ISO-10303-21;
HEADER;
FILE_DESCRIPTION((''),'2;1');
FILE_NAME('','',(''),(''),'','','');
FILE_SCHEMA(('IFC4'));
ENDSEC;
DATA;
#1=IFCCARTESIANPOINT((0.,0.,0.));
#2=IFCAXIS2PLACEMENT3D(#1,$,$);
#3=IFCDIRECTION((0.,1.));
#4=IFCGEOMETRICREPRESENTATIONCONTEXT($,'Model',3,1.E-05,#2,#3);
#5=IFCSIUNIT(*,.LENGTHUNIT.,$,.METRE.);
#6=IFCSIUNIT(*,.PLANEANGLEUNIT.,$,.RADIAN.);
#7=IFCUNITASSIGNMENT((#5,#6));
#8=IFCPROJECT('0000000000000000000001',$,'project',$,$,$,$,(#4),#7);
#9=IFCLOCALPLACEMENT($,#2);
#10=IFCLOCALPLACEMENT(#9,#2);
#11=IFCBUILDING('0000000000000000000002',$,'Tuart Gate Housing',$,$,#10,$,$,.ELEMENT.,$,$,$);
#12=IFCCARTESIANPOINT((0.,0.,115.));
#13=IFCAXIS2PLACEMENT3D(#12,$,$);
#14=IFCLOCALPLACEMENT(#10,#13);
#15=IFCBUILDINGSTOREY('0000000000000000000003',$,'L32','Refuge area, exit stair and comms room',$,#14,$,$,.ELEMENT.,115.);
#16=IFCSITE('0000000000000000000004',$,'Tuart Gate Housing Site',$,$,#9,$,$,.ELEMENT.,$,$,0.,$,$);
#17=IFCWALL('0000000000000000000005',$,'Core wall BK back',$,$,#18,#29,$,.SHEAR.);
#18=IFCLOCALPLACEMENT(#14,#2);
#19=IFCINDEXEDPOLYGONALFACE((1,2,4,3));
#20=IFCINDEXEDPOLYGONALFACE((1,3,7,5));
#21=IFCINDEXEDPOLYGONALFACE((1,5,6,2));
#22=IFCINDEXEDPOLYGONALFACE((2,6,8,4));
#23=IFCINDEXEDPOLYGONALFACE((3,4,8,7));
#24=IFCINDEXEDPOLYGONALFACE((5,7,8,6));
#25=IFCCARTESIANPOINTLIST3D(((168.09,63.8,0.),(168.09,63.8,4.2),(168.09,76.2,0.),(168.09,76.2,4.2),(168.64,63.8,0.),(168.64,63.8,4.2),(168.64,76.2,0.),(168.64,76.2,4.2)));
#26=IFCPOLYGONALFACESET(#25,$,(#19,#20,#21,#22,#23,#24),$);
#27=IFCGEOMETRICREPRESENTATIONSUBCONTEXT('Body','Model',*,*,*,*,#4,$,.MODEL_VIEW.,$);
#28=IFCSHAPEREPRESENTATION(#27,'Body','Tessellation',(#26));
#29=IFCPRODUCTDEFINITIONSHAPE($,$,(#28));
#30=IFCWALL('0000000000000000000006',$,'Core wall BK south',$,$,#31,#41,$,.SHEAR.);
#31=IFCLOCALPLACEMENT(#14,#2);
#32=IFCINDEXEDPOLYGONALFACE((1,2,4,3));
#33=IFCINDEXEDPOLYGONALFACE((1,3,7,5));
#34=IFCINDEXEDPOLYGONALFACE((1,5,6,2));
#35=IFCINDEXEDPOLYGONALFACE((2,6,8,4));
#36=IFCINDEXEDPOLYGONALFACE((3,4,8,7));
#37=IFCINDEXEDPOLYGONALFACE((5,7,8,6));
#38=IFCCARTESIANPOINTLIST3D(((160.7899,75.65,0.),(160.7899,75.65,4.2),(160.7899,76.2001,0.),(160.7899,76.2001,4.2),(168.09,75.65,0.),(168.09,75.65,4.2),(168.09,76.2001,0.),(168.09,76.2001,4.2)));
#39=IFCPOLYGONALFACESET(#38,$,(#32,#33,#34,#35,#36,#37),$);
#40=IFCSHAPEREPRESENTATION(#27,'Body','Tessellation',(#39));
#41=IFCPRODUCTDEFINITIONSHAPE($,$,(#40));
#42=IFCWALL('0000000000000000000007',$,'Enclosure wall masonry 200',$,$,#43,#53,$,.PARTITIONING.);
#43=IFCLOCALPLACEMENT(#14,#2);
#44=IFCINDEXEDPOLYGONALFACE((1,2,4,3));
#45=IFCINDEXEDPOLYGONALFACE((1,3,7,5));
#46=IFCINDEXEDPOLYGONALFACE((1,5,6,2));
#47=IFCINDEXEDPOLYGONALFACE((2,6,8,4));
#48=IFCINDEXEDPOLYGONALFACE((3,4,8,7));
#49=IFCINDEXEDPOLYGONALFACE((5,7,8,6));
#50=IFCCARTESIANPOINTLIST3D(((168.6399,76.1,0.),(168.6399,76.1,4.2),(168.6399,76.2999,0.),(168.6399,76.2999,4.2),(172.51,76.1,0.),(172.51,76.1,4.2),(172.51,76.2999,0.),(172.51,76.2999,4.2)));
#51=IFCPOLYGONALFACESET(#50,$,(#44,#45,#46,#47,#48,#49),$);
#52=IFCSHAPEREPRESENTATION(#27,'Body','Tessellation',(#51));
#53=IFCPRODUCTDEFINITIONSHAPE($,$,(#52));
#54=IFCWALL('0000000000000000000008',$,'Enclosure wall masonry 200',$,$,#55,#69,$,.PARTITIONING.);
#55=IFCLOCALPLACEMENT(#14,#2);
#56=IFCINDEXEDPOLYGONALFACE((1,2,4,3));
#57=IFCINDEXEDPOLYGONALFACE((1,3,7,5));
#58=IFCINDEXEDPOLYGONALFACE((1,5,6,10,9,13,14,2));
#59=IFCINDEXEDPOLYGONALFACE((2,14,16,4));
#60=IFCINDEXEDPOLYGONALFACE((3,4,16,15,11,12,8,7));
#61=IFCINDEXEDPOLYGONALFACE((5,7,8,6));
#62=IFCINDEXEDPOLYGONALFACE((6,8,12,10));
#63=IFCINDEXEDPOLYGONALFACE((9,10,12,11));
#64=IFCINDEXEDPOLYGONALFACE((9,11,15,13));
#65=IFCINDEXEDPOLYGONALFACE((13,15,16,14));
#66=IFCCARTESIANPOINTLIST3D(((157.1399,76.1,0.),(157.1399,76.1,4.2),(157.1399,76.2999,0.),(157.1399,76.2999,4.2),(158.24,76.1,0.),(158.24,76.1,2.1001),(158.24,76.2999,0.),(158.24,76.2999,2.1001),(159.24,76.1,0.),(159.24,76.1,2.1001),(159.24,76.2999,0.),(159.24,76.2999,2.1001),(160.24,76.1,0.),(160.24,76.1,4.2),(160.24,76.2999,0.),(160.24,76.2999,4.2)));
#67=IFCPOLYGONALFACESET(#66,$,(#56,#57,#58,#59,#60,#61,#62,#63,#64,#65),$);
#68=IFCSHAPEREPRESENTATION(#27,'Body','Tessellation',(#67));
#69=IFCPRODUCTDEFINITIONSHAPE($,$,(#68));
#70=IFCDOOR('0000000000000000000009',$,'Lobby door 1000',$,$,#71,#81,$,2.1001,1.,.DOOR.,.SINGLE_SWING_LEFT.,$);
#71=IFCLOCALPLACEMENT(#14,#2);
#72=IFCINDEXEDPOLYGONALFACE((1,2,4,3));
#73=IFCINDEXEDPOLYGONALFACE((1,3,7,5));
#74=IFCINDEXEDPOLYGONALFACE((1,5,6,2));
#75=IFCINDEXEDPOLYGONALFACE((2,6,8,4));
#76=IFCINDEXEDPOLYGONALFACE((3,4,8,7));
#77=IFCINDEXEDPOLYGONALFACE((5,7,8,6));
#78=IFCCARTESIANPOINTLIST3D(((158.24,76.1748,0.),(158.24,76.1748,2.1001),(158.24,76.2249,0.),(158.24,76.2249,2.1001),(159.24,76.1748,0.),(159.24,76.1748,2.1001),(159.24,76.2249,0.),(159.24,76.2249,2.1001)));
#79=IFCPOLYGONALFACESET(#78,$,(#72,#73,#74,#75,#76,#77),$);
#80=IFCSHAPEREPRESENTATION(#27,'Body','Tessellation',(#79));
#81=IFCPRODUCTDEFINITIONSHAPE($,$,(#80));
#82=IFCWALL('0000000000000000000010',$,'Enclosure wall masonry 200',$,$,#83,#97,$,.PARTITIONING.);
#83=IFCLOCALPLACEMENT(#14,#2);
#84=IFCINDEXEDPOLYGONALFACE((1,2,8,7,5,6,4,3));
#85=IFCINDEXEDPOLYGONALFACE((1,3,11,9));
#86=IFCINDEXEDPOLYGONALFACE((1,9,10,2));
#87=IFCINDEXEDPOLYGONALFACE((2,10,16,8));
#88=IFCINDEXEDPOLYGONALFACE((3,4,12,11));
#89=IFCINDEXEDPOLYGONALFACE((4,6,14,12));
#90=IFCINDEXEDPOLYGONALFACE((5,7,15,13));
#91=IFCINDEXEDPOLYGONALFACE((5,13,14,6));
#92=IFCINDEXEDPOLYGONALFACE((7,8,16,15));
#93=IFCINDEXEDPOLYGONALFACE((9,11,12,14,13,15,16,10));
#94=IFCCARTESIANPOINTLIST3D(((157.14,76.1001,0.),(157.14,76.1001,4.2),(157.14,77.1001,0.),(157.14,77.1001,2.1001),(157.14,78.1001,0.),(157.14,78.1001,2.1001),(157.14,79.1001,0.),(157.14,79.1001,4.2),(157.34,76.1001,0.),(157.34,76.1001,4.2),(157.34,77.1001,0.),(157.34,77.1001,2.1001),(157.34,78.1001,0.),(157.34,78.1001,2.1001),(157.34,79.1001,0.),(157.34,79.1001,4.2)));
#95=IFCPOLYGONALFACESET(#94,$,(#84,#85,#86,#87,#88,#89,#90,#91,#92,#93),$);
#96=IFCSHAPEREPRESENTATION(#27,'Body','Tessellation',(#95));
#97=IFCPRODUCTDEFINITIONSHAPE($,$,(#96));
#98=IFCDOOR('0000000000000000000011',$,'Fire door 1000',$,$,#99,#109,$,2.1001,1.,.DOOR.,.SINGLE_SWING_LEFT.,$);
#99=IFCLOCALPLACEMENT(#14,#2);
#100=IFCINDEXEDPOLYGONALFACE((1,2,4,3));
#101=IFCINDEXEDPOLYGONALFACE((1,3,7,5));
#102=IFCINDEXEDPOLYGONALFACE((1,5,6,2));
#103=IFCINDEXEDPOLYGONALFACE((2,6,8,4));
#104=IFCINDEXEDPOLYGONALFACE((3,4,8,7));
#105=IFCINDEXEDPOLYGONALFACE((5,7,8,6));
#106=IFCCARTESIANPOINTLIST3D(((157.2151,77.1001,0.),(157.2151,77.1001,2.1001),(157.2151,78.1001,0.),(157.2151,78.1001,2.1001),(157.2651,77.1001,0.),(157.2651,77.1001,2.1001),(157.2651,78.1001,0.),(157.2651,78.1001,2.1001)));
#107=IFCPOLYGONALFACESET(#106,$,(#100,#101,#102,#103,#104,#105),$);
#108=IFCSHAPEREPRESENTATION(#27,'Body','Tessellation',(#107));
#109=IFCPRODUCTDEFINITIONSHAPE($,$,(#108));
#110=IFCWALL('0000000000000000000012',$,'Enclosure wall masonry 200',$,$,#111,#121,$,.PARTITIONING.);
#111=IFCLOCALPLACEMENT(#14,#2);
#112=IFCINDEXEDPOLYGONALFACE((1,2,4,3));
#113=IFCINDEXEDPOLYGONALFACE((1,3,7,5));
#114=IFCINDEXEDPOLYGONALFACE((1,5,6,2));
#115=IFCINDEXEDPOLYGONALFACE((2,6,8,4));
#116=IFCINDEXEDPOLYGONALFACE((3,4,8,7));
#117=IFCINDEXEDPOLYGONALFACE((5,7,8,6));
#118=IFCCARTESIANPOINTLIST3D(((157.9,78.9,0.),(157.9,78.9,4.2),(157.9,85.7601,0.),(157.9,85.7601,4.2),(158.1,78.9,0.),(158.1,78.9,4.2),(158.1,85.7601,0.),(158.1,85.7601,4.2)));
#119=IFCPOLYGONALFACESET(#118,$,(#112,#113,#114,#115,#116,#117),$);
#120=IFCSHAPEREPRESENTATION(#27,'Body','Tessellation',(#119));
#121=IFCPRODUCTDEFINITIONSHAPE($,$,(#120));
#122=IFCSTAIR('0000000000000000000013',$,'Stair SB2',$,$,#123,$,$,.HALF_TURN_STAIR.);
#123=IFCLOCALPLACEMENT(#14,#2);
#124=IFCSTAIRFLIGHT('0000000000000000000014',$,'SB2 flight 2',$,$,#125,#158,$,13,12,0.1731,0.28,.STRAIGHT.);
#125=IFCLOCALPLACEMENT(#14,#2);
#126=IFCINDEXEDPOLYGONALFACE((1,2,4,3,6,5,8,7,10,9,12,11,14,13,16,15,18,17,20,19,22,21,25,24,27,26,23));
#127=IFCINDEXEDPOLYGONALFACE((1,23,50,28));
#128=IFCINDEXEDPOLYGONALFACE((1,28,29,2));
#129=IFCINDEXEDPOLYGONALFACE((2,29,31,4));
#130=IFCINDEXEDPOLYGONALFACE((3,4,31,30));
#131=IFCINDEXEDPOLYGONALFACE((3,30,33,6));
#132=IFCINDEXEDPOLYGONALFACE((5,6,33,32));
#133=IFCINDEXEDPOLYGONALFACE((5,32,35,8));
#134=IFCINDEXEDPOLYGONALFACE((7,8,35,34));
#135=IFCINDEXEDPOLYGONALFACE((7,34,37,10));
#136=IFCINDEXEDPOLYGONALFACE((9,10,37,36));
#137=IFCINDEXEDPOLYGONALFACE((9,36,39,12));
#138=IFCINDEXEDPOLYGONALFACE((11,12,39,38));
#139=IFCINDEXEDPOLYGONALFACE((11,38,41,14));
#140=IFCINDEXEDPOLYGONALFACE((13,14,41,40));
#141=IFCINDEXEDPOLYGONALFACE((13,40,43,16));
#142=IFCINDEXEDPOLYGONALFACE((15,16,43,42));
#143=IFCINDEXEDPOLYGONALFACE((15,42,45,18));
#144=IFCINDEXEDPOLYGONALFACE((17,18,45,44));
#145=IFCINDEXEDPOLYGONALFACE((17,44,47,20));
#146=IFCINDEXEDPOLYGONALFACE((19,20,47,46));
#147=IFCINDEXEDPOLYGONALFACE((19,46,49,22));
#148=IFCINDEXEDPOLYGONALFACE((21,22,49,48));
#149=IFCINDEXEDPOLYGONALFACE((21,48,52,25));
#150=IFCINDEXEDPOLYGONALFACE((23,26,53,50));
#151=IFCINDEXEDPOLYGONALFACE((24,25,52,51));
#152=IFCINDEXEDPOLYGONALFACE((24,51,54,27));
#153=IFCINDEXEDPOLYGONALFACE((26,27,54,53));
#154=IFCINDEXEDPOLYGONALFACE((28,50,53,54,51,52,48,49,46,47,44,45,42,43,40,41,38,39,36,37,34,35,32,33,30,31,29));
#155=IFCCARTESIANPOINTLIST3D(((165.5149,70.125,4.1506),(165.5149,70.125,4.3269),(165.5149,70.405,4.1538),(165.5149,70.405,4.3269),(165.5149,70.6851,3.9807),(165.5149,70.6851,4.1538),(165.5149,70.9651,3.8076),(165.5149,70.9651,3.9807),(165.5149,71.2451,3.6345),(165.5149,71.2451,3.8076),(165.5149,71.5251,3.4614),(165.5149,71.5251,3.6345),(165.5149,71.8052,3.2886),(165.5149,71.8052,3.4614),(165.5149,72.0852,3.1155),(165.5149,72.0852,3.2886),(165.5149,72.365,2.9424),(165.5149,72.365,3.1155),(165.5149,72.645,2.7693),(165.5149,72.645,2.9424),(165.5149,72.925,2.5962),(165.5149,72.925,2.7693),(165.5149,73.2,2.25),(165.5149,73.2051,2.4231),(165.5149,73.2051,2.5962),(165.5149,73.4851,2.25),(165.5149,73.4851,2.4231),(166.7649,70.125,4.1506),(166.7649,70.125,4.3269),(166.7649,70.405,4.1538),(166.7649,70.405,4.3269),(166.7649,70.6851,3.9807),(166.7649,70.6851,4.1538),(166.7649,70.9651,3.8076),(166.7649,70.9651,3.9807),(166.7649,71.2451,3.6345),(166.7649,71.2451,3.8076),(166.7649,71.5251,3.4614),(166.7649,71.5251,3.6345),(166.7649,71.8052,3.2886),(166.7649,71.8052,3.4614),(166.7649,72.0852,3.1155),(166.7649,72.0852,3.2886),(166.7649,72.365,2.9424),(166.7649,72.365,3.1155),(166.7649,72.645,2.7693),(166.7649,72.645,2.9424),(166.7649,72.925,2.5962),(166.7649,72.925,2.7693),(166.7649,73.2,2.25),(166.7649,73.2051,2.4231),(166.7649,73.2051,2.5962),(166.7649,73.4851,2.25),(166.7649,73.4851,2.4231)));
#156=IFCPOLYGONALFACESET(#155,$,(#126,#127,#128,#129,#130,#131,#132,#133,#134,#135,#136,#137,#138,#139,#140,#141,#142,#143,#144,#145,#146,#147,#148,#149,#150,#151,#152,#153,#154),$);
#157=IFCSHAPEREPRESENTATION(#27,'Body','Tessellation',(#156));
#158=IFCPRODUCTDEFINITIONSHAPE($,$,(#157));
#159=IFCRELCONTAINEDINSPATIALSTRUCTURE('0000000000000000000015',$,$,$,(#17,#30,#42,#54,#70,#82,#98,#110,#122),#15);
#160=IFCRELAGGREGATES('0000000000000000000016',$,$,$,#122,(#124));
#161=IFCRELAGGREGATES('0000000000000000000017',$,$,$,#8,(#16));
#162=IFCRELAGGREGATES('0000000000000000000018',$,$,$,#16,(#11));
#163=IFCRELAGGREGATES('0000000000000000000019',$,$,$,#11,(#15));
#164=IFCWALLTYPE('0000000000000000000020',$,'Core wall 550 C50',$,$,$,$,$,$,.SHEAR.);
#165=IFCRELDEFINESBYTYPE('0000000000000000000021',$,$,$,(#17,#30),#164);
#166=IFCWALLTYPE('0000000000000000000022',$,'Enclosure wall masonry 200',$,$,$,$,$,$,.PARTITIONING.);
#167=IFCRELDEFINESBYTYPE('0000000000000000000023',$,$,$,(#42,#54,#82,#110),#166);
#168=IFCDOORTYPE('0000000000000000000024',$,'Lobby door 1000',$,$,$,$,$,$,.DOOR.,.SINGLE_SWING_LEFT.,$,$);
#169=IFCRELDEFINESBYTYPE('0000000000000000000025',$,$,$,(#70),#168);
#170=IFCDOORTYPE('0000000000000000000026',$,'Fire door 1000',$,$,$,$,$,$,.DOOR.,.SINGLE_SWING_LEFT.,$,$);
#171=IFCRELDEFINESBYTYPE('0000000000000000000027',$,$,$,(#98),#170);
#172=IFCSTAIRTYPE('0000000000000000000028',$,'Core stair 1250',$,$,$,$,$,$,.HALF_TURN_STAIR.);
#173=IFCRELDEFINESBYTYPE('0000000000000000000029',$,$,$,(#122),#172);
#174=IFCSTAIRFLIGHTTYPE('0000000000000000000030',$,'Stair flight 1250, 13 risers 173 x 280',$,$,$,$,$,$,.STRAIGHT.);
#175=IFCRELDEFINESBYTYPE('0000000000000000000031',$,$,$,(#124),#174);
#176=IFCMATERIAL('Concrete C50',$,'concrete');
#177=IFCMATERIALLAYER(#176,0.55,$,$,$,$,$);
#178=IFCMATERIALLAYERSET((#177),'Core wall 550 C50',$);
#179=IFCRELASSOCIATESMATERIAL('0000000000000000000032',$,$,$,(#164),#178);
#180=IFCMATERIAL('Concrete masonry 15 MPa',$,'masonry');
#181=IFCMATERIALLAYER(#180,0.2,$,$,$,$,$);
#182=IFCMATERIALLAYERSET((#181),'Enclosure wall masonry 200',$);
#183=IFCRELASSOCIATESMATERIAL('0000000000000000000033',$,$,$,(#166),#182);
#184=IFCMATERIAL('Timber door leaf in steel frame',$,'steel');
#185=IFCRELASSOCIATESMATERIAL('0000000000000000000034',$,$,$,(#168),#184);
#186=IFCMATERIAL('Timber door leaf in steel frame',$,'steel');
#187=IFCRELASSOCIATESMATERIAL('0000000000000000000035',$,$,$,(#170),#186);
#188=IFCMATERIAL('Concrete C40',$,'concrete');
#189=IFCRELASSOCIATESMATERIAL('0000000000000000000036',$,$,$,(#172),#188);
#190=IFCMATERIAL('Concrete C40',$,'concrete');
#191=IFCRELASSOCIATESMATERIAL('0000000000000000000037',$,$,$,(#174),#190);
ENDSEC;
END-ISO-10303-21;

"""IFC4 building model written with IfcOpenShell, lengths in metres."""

from ifc_helpers import new_model, si_unit, direction, frame, frame_2d, origin, place, context, subcontext, project, spatial, polyline, rectangle, outline, extrude, material, layer, layer_set, type_object, element, fill, aggregate, save


model = new_model("IFC4")

# Units and contexts
model_context = context("Model", 3, precision=1e-05, world=origin(), true_north=direction((0.0, 1.0)))
body_context = subcontext(model_context, "Body", "Model", "MODEL_VIEW")
ifc_project = project(units=[si_unit("LENGTHUNIT", "METRE"), si_unit("PLANEANGLEUNIT", "RADIAN")], contexts=[model_context])

# Site, building, storey
site_placement = place(None, origin())
site = spatial("IfcSite", under=ifc_project, at=site_placement, Name="Tuart Gate Housing Site", CompositionType="ELEMENT", RefElevation=0.0)
building_placement = place(site_placement, origin())
building = spatial("IfcBuilding", under=site, at=building_placement, Name="Tuart Gate Housing", CompositionType="ELEMENT")
storey_placement = place(building_placement, frame((0.0, 0.0, 115.0)))
storey = spatial("IfcBuildingStorey", under=building, at=storey_placement, Name="L32", Description="Refuge area, exit stair and comms room", CompositionType="ELEMENT", Elevation=115.0)

# Shared definitions
ifc_material_1 = material(Name="Concrete C50", Category="concrete")
ifc_layer_1 = layer(ifc_material_1, 0.55)
ifc_layer_set_1 = layer_set([ifc_layer_1], Name="Core wall 550 C50")
wall_type_1 = type_object("IfcWallType", Name="Core wall 550 C50", PredefinedType="SHEAR", material=ifc_layer_set_1)

# Walls
wall_1_placement = place(storey_placement, frame((168.365, 76.2, 0.0), z_axis=(0.0, 0.0, 1.0), x_axis=(0.0, -1.0, 0.0)))
element("IfcWall", 1, at=wall_1_placement, inside=storey, type_object=wall_type_1, Name="Core wall BK back", PredefinedType="SHEAR", context=body_context, shape_type="SweptSolid", body=[
    extrude(rectangle(XDim=12.3999, YDim=0.55, at=frame_2d((6.2, 0.0))), origin(), (0.0, 0.0, 1.0), 4.2),
])
wall_2_placement = place(storey_placement, frame((160.79, 75.925, 0.0), z_axis=(0.0, 0.0, 1.0), x_axis=(1.0, 0.0, 0.0)))
element("IfcWall", 2, at=wall_2_placement, inside=storey, type_object=wall_type_1, Name="Core wall BK south", PredefinedType="SHEAR", context=body_context, shape_type="SweptSolid", body=[
    extrude(rectangle(XDim=7.3, YDim=0.55, at=frame_2d((3.6499, 0.0))), origin(), (0.0, 0.0, 1.0), 4.2),
])
ifc_material_2 = material(Name="Concrete masonry 15 MPa", Category="masonry")
ifc_layer_2 = layer(ifc_material_2, 0.2)
ifc_layer_set_2 = layer_set([ifc_layer_2], Name="Enclosure wall masonry 200")
wall_type_2 = type_object("IfcWallType", Name="Enclosure wall masonry 200", PredefinedType="PARTITIONING", material=ifc_layer_set_2)
wall_3_placement = place(storey_placement, frame((168.6399, 76.2, 0.0), z_axis=(0.0, 0.0, 1.0), x_axis=(1.0, 0.0, 0.0)))
element("IfcWall", 3, at=wall_3_placement, inside=storey, type_object=wall_type_2, Name="Enclosure wall masonry 200", PredefinedType="PARTITIONING", context=body_context, shape_type="SweptSolid", body=[
    extrude(rectangle(XDim=3.8701, YDim=0.2, at=frame_2d((1.9351, 0.0))), origin(), (0.0, 0.0, 1.0), 4.2),
])

# Walls, openings, doors
wall_4_placement = place(storey_placement, frame((157.1399, 76.2, 0.0), z_axis=(0.0, 0.0, 1.0), x_axis=(1.0, 0.0, 0.0)))
wall_4 = element("IfcWall", 4, at=wall_4_placement, inside=storey, type_object=wall_type_2, Name="Enclosure wall masonry 200", PredefinedType="PARTITIONING", context=body_context, shape_type="SweptSolid", body=[
    extrude(rectangle(XDim=3.1001, YDim=0.2, at=frame_2d((1.55, 0.0))), origin(), (0.0, 0.0, 1.0), 4.2),
])
opening_1_placement = place(wall_4_placement, frame((1.1001, 0.0, 0.0)))
opening_1 = element("IfcOpeningElement", 5, at=opening_1_placement, cuts=wall_4, PredefinedType="OPENING", context=body_context, shape_type="SweptSolid", body=[
    extrude(rectangle(XDim=1.0, YDim=2.1001, at=frame_2d((0.5, 1.05))), frame((0.0, 0.1099, 0.0), z_axis=(0.0, -1.0, 0.0), x_axis=(1.0, 0.0, 0.0)), (0.0, 0.0, 1.0), 0.22),
])
ifc_material_3 = material(Name="Timber door leaf in steel frame", Category="steel")
door_type_1 = type_object("IfcDoorType", Name="Lobby door 1000", OperationType="SINGLE_SWING_LEFT", PredefinedType="DOOR", material=ifc_material_3)
door_1_placement = place(opening_1_placement, origin())
door_1 = element("IfcDoor", 6, at=door_1_placement, inside=storey, type_object=door_type_1, Name="Lobby door 1000", OperationType="SINGLE_SWING_LEFT", OverallHeight=2.1001, OverallWidth=1.0, PredefinedType="DOOR", context=body_context, shape_type="SweptSolid", body=[
    extrude(rectangle(XDim=1.0, YDim=2.1001, at=frame_2d((0.5, 1.05))), frame((0.0, 0.0249, 0.0), z_axis=(0.0, -1.0, 0.0), x_axis=(1.0, 0.0, 0.0)), (0.0, 0.0, 1.0), 0.05),
])
fill(opening_1, door_1)
wall_5_placement = place(storey_placement, frame((157.24, 76.1001, 0.0), z_axis=(0.0, 0.0, 1.0), x_axis=(0.0, 1.0, 0.0)))
wall_5 = element("IfcWall", 7, at=wall_5_placement, inside=storey, type_object=wall_type_2, Name="Enclosure wall masonry 200", PredefinedType="PARTITIONING", context=body_context, shape_type="SweptSolid", body=[
    extrude(rectangle(XDim=3.0, YDim=0.2, at=frame_2d((1.5, 0.0))), origin(), (0.0, 0.0, 1.0), 4.2),
])
opening_2_placement = place(wall_5_placement, frame((1.0, 0.0, 0.0)))
opening_2 = element("IfcOpeningElement", 8, at=opening_2_placement, cuts=wall_5, PredefinedType="OPENING", context=body_context, shape_type="SweptSolid", body=[
    extrude(rectangle(XDim=1.0, YDim=2.1001, at=frame_2d((0.5, 1.05))), frame((0.0, 0.1099, 0.0), z_axis=(0.0, -1.0, 0.0), x_axis=(1.0, 0.0, 0.0)), (0.0, 0.0, 1.0), 0.22),
])
ifc_material_4 = material(Name="Timber door leaf in steel frame", Category="steel")
door_type_2 = type_object("IfcDoorType", Name="Fire door 1000", OperationType="SINGLE_SWING_LEFT", PredefinedType="DOOR", material=ifc_material_4)
door_2_placement = place(opening_2_placement, origin())
door_2 = element("IfcDoor", 9, at=door_2_placement, inside=storey, type_object=door_type_2, Name="Fire door 1000", OperationType="SINGLE_SWING_LEFT", OverallHeight=2.1001, OverallWidth=1.0, PredefinedType="DOOR", context=body_context, shape_type="SweptSolid", body=[
    extrude(rectangle(XDim=1.0, YDim=2.1001, at=frame_2d((0.5, 1.05))), frame((0.0, 0.0249, 0.0), z_axis=(0.0, -1.0, 0.0), x_axis=(1.0, 0.0, 0.0)), (0.0, 0.0, 1.0), 0.05),
])
fill(opening_2, door_2)

# Wall
wall_6_placement = place(storey_placement, frame((158.0, 78.8999, 0.0), z_axis=(0.0, 0.0, 1.0), x_axis=(0.0, 1.0, 0.0)))
element("IfcWall", 10, at=wall_6_placement, inside=storey, type_object=wall_type_2, Name="Enclosure wall masonry 200", PredefinedType="PARTITIONING", context=body_context, shape_type="SweptSolid", body=[
    extrude(rectangle(XDim=6.8601, YDim=0.2, at=frame_2d((3.4302, 0.0))), origin(), (0.0, 0.0, 1.0), 4.2),
])

# Stair, stair flight
ifc_material_5 = material(Name="Concrete C40", Category="concrete")
stair_type = type_object("IfcStairType", Name="Core stair 1250", PredefinedType="HALF_TURN_STAIR", material=ifc_material_5)
stair_placement = place(storey_placement, origin())
stair = element("IfcStair", 11, at=stair_placement, inside=storey, type_object=stair_type, Name="Stair SB2", PredefinedType="HALF_TURN_STAIR")
ifc_material_6 = material(Name="Concrete C40", Category="concrete")
stair_flight_type = type_object("IfcStairFlightType", Name="Stair flight 1250, 13 risers 173 x 280", PredefinedType="STRAIGHT", material=ifc_material_6)
stair_flight_placement = place(storey_placement, frame((166.1399, 73.4851, 2.25), z_axis=(0.0, 0.0, 1.0), x_axis=(0.0, -1.0, 0.0)))
stair_flight = element("IfcStairFlight", 12, at=stair_flight_placement, type_object=stair_flight_type, Name="SB2 flight 2", NumberOfRisers=13, NumberOfTreads=12, PredefinedType="STRAIGHT", RiserHeight=0.1731, TreadLength=0.28, context=body_context, shape_type="SweptSolid", body=[
    extrude(outline(polyline([(0.0, 0.0), (0.0, 0.1731), (0.28, 0.1731), (0.28, 0.3462), (0.5601, 0.3462), (0.5601, 0.5193), (0.8401, 0.5193), (0.8401, 0.6924), (1.1201, 0.6924), (1.1201, 0.8655), (1.3999, 0.8655), (1.3999, 1.0386), (1.6799, 1.0386), (1.6799, 1.2114), (1.96, 1.2114), (1.96, 1.3845), (2.24, 1.3845), (2.24, 1.5576), (2.52, 1.5576), (2.52, 1.7307), (2.8, 1.7307), (2.8, 1.9038), (3.0801, 1.9038), (3.0801, 2.0769), (3.3601, 2.0769), (3.3601, 2.25), (3.3601, 1.9006), (0.2852, 0.0), (0.0, 0.0)])), frame((0.0, 0.625, 0.0), z_axis=(0.0, -1.0, 0.0), x_axis=(1.0, 0.0, 0.0)), (0.0, 0.0, 1.0), 1.25),
])
aggregate(stair, [stair_flight])

save(model, "model.ifc")
